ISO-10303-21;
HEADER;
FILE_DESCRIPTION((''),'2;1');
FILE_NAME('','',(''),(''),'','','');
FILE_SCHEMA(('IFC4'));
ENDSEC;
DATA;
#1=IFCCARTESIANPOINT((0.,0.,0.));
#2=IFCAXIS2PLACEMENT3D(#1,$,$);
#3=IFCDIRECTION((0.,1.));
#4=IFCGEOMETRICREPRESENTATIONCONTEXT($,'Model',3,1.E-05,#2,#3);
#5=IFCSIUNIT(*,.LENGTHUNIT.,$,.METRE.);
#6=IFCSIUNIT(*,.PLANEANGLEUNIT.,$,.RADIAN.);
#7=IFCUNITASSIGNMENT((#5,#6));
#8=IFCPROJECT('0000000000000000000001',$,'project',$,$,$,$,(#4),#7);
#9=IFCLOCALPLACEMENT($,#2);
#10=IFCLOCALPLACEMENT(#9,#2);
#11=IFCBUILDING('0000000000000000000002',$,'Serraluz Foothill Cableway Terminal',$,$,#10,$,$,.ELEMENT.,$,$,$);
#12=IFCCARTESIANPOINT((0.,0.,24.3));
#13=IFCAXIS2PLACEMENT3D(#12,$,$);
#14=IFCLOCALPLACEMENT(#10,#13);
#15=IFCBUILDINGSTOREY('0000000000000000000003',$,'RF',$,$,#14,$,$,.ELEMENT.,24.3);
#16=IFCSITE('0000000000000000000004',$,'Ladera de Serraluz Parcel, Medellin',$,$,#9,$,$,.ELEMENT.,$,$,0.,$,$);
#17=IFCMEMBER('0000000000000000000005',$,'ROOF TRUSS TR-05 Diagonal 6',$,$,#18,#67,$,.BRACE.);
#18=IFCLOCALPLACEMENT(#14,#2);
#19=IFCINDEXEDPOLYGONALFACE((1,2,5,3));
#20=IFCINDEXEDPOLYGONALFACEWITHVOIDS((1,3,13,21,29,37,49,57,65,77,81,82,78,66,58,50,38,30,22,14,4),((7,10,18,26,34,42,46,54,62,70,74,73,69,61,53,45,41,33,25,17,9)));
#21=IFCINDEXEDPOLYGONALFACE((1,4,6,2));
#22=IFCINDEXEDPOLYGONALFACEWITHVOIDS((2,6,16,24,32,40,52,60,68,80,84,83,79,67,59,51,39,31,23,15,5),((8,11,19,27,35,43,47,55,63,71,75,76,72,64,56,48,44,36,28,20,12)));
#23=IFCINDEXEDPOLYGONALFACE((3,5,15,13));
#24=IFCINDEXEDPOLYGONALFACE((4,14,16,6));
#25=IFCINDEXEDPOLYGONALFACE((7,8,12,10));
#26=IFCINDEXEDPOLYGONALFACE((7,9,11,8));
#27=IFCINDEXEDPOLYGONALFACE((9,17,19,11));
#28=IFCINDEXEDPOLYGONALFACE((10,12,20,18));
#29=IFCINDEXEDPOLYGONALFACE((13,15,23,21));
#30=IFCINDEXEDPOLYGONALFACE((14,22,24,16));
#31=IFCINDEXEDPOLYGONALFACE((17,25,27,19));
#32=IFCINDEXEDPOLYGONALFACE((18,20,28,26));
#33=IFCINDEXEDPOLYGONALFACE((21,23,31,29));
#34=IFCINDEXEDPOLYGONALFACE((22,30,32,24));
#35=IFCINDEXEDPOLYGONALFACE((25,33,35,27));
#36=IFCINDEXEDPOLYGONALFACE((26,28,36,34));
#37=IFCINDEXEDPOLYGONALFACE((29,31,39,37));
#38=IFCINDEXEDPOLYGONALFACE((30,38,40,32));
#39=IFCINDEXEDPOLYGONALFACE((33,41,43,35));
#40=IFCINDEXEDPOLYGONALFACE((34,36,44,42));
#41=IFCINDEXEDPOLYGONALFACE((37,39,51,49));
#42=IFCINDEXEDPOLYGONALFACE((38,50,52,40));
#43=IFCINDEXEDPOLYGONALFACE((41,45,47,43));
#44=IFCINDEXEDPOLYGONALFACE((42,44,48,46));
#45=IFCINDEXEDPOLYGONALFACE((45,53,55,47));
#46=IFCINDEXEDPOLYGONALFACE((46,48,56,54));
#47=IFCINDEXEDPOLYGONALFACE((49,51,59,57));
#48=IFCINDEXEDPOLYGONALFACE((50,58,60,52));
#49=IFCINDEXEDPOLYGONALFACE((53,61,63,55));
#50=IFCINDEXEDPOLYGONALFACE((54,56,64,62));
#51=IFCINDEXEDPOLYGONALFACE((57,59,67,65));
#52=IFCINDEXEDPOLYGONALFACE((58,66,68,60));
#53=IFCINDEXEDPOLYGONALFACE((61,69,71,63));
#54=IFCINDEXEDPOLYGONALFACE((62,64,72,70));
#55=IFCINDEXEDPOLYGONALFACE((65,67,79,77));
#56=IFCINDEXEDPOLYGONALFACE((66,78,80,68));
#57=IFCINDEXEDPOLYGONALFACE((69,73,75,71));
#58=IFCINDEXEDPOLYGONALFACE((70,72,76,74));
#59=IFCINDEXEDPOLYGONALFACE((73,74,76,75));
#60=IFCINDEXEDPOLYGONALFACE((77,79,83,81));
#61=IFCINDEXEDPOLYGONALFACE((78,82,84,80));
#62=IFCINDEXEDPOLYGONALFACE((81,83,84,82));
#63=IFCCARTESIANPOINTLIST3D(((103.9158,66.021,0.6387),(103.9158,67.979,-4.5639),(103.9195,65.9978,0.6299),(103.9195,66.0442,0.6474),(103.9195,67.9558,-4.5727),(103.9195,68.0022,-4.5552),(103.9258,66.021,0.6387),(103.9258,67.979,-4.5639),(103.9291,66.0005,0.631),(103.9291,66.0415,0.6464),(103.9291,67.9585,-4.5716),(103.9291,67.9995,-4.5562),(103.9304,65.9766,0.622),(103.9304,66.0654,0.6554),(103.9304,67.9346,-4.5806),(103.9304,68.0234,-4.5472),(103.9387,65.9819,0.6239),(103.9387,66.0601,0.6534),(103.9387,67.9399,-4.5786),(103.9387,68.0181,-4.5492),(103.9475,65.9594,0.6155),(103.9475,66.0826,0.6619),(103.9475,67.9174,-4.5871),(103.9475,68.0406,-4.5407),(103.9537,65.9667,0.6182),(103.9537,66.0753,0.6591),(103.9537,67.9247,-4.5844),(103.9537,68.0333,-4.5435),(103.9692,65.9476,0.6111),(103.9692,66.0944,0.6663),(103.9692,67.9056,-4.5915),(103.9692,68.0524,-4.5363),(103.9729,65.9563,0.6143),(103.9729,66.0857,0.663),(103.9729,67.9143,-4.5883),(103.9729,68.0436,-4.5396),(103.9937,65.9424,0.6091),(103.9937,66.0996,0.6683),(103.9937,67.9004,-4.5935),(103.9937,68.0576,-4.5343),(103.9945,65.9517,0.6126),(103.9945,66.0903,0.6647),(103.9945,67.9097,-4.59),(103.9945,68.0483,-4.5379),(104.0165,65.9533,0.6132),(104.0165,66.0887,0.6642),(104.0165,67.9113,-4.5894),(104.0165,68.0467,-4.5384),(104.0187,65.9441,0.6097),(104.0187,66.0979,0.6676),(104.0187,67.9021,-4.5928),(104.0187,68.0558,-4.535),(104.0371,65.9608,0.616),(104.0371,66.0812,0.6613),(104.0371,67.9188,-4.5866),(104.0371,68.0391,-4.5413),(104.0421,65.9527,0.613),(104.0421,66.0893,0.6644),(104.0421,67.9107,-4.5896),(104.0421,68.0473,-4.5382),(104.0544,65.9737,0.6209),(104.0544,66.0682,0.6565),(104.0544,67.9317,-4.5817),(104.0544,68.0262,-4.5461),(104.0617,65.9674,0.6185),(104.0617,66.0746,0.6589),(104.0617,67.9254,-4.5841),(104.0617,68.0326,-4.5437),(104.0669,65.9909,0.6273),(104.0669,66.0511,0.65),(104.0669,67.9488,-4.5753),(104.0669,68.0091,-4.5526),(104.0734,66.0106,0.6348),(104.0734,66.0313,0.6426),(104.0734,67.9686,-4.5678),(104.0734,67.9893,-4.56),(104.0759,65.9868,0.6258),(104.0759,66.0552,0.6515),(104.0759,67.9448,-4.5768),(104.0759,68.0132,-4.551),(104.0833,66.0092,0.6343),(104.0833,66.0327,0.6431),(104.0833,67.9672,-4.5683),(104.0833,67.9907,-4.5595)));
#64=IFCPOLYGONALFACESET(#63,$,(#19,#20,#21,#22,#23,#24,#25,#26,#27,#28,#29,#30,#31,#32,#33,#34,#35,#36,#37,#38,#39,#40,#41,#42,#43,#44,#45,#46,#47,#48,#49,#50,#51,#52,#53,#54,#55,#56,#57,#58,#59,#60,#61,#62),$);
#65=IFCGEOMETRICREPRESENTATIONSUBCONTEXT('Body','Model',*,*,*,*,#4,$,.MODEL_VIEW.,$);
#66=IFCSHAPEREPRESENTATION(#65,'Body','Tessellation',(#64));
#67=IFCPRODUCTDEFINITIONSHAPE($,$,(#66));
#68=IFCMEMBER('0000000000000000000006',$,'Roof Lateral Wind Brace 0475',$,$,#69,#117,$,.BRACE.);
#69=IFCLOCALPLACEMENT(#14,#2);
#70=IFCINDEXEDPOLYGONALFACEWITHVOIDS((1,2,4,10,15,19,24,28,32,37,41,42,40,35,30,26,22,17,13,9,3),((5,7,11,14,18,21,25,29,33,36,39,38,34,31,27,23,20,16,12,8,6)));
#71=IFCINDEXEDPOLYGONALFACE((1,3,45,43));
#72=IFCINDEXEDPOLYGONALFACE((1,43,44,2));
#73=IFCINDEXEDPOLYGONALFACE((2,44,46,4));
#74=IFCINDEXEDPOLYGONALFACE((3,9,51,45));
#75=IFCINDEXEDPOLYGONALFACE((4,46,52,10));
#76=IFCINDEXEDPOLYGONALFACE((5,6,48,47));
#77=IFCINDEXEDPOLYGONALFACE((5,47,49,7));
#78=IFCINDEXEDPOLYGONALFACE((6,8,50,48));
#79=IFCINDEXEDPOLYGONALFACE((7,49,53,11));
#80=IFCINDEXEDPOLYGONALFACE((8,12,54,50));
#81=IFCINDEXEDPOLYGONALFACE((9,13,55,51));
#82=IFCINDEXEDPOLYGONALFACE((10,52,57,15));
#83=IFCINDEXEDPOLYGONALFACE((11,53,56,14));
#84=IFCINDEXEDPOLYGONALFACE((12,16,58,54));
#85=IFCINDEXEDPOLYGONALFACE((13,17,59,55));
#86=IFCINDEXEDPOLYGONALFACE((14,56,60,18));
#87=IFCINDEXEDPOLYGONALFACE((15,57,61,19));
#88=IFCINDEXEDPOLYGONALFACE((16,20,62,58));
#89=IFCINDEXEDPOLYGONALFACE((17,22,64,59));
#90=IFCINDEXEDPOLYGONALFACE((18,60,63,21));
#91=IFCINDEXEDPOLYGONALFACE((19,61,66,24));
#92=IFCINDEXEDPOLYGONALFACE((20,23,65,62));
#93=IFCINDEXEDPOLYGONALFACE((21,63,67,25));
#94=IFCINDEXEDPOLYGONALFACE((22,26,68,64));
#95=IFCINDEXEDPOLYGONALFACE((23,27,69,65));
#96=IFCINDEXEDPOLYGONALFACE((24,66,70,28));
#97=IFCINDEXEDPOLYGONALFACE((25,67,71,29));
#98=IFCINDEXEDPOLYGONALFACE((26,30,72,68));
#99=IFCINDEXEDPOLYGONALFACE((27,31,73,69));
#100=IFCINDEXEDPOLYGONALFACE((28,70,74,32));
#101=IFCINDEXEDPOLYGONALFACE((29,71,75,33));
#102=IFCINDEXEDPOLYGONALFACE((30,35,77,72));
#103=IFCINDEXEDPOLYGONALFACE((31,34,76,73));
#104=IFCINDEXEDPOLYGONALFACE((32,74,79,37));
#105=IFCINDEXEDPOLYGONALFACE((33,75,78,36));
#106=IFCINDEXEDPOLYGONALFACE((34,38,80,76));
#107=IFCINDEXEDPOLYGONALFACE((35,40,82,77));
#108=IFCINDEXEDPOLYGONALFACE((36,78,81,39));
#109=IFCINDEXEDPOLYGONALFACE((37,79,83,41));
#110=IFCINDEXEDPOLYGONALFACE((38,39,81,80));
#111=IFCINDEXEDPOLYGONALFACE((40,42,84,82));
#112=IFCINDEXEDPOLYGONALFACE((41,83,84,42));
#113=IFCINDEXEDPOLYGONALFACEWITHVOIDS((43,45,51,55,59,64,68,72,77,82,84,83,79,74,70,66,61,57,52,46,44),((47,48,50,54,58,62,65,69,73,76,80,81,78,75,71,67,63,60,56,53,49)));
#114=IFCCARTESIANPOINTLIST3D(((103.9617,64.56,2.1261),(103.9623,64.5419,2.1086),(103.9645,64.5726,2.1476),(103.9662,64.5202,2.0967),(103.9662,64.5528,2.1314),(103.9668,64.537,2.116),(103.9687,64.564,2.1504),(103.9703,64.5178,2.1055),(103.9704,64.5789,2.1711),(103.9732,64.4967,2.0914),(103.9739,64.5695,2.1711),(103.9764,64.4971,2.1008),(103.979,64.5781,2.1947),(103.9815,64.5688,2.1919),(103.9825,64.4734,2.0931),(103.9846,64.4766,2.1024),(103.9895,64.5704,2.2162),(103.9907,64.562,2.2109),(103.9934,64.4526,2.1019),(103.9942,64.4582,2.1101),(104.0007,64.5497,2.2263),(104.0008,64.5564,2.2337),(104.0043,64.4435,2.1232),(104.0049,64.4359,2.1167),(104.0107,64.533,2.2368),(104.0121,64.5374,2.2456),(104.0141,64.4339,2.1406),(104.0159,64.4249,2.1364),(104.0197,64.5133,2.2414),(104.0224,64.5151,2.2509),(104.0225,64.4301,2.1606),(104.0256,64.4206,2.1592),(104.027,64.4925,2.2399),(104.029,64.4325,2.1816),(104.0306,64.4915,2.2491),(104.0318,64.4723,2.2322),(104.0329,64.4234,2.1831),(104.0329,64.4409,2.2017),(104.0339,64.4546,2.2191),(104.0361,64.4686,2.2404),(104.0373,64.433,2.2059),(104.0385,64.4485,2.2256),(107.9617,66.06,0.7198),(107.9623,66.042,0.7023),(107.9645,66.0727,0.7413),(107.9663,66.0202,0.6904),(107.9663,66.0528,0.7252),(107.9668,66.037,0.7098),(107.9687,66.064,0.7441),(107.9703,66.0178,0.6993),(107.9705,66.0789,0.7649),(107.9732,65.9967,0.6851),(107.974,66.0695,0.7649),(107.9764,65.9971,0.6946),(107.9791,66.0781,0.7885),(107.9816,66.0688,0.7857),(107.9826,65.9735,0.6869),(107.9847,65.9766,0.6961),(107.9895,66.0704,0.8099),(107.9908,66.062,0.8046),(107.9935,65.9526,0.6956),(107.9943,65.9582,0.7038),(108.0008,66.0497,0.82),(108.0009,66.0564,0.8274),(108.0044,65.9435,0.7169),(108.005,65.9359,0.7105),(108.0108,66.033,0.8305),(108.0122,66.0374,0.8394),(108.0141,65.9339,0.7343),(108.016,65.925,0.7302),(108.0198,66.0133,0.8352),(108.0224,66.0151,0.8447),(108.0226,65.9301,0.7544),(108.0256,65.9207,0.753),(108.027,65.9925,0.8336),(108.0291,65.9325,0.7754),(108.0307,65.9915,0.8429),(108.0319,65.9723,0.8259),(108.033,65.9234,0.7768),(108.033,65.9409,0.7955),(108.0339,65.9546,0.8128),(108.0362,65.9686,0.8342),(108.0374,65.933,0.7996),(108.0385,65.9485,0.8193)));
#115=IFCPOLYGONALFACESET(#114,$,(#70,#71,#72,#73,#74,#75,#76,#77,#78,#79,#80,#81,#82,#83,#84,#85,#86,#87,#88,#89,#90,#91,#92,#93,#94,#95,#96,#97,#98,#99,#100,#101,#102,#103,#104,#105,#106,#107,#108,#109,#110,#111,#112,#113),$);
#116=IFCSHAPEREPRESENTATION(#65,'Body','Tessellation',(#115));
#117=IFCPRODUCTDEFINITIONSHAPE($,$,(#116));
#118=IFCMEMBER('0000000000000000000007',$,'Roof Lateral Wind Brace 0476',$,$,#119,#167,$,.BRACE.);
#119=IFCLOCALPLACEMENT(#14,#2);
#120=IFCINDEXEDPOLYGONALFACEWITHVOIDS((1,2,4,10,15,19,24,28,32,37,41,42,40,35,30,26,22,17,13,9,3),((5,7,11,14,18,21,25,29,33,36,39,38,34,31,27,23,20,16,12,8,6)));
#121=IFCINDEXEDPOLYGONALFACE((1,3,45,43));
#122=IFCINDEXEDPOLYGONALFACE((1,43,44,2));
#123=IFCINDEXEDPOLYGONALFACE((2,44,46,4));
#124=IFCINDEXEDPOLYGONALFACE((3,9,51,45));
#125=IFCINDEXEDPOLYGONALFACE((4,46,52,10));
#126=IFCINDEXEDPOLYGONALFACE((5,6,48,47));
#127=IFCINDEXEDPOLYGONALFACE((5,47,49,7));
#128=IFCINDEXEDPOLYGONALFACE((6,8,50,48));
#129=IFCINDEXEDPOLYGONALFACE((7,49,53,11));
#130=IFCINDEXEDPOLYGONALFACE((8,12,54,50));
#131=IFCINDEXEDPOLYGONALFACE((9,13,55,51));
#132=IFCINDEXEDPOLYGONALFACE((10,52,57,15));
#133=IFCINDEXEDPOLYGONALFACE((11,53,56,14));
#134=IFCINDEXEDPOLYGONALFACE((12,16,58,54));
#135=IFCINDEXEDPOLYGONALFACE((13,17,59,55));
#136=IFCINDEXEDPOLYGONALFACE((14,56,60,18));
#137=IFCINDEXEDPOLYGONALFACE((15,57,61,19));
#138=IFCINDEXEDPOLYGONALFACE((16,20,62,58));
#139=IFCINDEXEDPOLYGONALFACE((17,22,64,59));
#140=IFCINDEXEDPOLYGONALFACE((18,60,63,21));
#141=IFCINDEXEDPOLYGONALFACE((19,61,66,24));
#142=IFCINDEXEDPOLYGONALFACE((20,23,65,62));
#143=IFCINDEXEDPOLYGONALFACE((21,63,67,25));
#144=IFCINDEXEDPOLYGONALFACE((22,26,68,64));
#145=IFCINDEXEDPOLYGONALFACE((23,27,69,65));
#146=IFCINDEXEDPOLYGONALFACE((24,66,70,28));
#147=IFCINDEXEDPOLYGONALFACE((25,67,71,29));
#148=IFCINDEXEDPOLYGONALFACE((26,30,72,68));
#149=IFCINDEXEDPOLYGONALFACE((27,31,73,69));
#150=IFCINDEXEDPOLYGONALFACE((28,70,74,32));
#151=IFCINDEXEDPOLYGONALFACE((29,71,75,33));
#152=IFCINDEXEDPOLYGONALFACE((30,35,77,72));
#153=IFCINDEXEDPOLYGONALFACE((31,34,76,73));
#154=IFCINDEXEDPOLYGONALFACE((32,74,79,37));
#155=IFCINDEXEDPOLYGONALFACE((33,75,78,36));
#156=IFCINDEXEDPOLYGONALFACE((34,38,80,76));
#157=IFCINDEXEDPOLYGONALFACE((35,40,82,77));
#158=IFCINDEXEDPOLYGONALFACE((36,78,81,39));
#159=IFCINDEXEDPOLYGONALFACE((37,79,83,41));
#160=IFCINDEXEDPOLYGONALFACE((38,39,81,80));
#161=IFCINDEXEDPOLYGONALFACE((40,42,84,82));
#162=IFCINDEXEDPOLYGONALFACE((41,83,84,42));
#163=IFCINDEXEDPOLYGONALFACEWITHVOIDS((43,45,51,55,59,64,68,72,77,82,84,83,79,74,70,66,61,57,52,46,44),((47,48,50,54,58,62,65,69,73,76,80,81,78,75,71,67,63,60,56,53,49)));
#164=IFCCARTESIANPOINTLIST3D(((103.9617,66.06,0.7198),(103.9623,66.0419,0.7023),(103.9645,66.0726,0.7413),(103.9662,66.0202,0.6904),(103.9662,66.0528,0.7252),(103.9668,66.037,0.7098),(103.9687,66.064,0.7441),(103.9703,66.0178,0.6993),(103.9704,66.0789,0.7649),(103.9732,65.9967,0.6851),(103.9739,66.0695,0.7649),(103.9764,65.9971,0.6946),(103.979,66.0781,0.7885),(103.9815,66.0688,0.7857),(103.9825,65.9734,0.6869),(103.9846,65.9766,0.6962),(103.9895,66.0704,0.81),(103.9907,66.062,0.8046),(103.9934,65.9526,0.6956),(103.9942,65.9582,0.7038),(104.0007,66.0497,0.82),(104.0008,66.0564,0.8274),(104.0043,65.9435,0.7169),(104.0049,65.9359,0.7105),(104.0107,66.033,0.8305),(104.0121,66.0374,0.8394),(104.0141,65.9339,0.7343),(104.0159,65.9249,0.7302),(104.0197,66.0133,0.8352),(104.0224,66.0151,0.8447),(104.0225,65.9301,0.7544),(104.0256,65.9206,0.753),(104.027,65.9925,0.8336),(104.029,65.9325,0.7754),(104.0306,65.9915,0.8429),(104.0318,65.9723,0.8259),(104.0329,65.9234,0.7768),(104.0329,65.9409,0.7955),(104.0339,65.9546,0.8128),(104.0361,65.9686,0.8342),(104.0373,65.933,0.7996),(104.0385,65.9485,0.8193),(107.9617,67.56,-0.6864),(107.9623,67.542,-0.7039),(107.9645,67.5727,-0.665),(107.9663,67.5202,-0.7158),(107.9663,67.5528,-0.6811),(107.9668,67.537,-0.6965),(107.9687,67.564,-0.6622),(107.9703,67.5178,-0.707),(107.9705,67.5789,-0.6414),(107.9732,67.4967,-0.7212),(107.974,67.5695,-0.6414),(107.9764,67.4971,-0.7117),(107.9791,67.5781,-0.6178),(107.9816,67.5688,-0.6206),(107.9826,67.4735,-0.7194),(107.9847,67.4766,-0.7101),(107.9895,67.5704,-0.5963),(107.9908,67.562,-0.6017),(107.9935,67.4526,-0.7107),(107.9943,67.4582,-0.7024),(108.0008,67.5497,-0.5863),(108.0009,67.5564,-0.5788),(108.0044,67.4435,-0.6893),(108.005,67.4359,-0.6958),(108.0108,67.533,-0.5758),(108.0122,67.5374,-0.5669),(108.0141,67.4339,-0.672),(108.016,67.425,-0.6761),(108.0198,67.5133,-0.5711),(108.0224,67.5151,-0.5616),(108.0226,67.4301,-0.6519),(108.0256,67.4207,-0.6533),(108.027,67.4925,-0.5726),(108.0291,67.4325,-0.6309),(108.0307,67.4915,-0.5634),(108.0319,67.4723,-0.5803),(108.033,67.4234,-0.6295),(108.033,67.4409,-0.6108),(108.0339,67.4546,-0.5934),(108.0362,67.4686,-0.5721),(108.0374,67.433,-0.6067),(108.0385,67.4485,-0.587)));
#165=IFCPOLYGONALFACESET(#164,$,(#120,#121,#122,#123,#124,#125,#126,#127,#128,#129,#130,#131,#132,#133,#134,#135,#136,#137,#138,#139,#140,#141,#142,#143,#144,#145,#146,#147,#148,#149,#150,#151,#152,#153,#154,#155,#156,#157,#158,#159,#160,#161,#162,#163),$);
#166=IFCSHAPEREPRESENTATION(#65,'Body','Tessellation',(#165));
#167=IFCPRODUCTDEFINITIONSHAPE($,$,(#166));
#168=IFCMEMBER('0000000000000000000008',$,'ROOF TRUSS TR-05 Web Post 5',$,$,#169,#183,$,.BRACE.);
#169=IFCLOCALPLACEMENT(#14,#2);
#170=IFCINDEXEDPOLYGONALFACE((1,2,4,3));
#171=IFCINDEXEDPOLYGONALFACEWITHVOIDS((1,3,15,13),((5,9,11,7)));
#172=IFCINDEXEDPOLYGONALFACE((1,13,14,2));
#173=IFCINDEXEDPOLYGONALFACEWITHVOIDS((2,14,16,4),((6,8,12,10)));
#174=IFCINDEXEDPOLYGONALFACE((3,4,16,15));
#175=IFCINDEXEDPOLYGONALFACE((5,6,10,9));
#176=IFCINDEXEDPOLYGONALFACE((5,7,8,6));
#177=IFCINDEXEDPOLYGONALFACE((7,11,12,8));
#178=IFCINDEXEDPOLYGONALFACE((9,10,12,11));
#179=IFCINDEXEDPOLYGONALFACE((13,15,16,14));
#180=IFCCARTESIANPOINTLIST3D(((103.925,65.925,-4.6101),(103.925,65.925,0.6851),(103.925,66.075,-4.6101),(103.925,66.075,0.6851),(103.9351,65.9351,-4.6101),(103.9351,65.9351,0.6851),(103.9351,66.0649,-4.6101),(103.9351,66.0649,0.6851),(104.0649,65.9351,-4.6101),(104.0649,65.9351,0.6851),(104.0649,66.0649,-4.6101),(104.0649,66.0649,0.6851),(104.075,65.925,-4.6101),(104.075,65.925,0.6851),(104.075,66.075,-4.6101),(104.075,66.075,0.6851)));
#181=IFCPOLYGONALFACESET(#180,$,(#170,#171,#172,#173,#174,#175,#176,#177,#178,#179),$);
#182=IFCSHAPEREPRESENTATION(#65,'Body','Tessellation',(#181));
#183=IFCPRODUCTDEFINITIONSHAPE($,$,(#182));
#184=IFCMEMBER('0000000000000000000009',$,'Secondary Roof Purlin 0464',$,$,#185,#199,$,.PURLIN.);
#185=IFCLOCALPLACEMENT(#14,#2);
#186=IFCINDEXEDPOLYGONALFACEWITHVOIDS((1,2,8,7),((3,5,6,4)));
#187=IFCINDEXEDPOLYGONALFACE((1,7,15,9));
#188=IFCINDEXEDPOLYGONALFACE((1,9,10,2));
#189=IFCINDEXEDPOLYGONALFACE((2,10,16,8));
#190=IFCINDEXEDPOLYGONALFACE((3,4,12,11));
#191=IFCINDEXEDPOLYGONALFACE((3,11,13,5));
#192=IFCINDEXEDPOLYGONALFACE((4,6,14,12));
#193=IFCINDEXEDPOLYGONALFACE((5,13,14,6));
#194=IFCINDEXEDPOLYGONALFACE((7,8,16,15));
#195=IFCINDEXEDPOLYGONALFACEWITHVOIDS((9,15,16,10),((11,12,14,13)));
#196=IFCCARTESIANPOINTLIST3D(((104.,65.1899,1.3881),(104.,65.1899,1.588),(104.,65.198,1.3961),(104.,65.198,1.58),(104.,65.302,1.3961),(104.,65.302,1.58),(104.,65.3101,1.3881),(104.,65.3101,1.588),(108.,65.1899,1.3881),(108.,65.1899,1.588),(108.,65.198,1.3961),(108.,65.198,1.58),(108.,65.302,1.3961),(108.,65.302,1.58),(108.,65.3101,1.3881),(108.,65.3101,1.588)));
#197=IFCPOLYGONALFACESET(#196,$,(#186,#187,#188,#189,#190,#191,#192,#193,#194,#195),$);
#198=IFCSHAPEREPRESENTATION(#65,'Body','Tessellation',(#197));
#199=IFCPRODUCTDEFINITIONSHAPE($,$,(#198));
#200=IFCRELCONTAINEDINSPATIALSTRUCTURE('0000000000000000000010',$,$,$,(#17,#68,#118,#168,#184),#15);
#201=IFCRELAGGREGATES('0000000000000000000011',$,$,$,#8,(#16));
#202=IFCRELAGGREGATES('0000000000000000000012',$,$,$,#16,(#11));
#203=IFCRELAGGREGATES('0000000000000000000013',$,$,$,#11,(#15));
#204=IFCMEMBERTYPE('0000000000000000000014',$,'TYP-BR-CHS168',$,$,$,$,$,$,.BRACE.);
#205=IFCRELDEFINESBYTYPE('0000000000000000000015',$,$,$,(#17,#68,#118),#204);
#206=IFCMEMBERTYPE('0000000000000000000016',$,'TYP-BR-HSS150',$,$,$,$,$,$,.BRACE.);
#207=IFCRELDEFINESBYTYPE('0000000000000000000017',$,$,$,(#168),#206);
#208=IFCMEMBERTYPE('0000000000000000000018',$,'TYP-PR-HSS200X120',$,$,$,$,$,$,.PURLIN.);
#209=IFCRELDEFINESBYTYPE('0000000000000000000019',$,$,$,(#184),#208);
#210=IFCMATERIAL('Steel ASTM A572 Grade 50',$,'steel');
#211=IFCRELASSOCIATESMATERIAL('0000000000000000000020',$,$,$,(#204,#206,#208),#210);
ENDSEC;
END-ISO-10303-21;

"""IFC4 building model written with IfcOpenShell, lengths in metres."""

from ifc_helpers import new_model, si_unit, direction, frame, origin, origin_2d, place, context, subcontext, project, spatial, hollow_rectangle, hollow_circle, extrude, material, material_profile, profile_set, type_object, element, save


model = new_model("IFC4")

# Units and contexts
model_context = context("Model", 3, precision=1e-05, world=origin(), true_north=direction((0.0, 1.0)))
body_context = subcontext(model_context, "Body", "Model", "MODEL_VIEW")
ifc_project = project(units=[si_unit("LENGTHUNIT", "METRE"), si_unit("PLANEANGLEUNIT", "RADIAN")], contexts=[model_context])

# Site, building, storey
site_placement = place(None, origin())
site = spatial("IfcSite", under=ifc_project, at=site_placement, Name="Ladera de Serraluz Parcel, Medellin", CompositionType="ELEMENT", RefElevation=0.0)
building_placement = place(site_placement, origin())
building = spatial("IfcBuilding", under=site, at=building_placement, Name="Serraluz Foothill Cableway Terminal", CompositionType="ELEMENT")
storey_placement = place(building_placement, frame((0.0, 0.0, 24.3)))
storey = spatial("IfcBuildingStorey", under=building, at=storey_placement, Name="RF", CompositionType="ELEMENT", Elevation=24.3)

# Members
ifc_material_1 = material(Name="Steel ASTM A572 Grade 50", Category="steel")
ifc_material_profile_1 = material_profile(ifc_material_1, hollow_circle(Radius=0.0842, WallThickness=0.01, at=origin_2d()), Name="CHS168X10")
ifc_profile_set_1 = profile_set([ifc_material_profile_1], Name="Steel ASTM A572 Grade 50")
member_type_1 = type_object("IfcMemberType", Name="TYP-BR-CHS168", PredefinedType="BRACE", material=ifc_profile_set_1)
member_1_placement = place(storey_placement, frame((104.0, 66.021, 0.6387), z_axis=(0.0, 0.35223, -0.935913), x_axis=(-1.0, 0.0, 0.0)))
element("IfcMember", 1, at=member_1_placement, inside=storey, type_object=member_type_1, Name="ROOF TRUSS TR-05 Diagonal 6", PredefinedType="BRACE", context=body_context, shape_type="SweptSolid", body=[
    extrude(hollow_circle(Radius=0.0842, WallThickness=0.01, at=origin_2d()), origin(), (0.0, 0.0, 1.0), 5.5588),
])
for number, where, z_axis, x_axis, name in (
    (2, (104.0, 64.5, 2.1711), (0.889382, 0.333518, -0.312673), (-0.351123, 0.936329, 0.0), "Roof Lateral Wind Brace 0475"),
    (3, (104.0, 66.0, 0.7649), (0.889382, 0.333518, -0.312673), (-0.351123, 0.936329, 0.0), "Roof Lateral Wind Brace 0476"),
):
    element("IfcMember", number, at=place(storey_placement, frame(where, z_axis=z_axis, x_axis=x_axis)), inside=storey, type_object=member_type_1, Name=name, PredefinedType="BRACE", context=body_context, shape_type="SweptSolid", body=[
        extrude(hollow_circle(Radius=0.0842, WallThickness=0.01, at=origin_2d()), origin(), (0.0, 0.0, 1.0), 4.4976),
    ])
ifc_material_profile_2 = material_profile(ifc_material_1, hollow_rectangle(XDim=0.1499, YDim=0.1499, WallThickness=0.01, at=origin_2d()), Name="HSS150X150X10")
ifc_profile_set_2 = profile_set([ifc_material_profile_2], Name="Steel ASTM A572 Grade 50")
member_type_2 = type_object("IfcMemberType", Name="TYP-BR-HSS150", PredefinedType="BRACE", material=ifc_profile_set_2)
member_2_placement = place(storey_placement, frame((104.0, 66.0, -4.6101), z_axis=(0.0, 0.0, 1.0), x_axis=(1.0, 0.0, 0.0)))
element("IfcMember", 4, at=member_2_placement, inside=storey, type_object=member_type_2, Name="ROOF TRUSS TR-05 Web Post 5", PredefinedType="BRACE", context=body_context, shape_type="SweptSolid", body=[
    extrude(hollow_rectangle(XDim=0.1499, YDim=0.1499, WallThickness=0.01, at=origin_2d()), origin(), (0.0, 0.0, 1.0), 5.2952),
])
ifc_material_profile_3 = material_profile(ifc_material_1, hollow_rectangle(XDim=0.1201, YDim=0.2, WallThickness=0.0081, at=origin_2d()), Name="HSS200X120X8")
ifc_profile_set_3 = profile_set([ifc_material_profile_3], Name="Steel ASTM A572 Grade 50")
member_type_3 = type_object("IfcMemberType", Name="TYP-PR-HSS200X120", PredefinedType="PURLIN", material=ifc_profile_set_3)
for number, where, z_axis, x_axis, name in (
    (5, (104.0, 65.25, 1.488), (1.0, 0.0, 0.0), (0.0, 1.0, 0.0), "Secondary Roof Purlin 0464"),
):
    element("IfcMember", number, at=place(storey_placement, frame(where, z_axis=z_axis, x_axis=x_axis)), inside=storey, type_object=member_type_3, Name=name, PredefinedType="PURLIN", context=body_context, shape_type="SweptSolid", body=[
        extrude(hollow_rectangle(XDim=0.1201, YDim=0.2, WallThickness=0.0081, at=origin_2d()), origin(), (0.0, 0.0, 1.0), 4.0),
    ])

save(model, "model.ifc")
